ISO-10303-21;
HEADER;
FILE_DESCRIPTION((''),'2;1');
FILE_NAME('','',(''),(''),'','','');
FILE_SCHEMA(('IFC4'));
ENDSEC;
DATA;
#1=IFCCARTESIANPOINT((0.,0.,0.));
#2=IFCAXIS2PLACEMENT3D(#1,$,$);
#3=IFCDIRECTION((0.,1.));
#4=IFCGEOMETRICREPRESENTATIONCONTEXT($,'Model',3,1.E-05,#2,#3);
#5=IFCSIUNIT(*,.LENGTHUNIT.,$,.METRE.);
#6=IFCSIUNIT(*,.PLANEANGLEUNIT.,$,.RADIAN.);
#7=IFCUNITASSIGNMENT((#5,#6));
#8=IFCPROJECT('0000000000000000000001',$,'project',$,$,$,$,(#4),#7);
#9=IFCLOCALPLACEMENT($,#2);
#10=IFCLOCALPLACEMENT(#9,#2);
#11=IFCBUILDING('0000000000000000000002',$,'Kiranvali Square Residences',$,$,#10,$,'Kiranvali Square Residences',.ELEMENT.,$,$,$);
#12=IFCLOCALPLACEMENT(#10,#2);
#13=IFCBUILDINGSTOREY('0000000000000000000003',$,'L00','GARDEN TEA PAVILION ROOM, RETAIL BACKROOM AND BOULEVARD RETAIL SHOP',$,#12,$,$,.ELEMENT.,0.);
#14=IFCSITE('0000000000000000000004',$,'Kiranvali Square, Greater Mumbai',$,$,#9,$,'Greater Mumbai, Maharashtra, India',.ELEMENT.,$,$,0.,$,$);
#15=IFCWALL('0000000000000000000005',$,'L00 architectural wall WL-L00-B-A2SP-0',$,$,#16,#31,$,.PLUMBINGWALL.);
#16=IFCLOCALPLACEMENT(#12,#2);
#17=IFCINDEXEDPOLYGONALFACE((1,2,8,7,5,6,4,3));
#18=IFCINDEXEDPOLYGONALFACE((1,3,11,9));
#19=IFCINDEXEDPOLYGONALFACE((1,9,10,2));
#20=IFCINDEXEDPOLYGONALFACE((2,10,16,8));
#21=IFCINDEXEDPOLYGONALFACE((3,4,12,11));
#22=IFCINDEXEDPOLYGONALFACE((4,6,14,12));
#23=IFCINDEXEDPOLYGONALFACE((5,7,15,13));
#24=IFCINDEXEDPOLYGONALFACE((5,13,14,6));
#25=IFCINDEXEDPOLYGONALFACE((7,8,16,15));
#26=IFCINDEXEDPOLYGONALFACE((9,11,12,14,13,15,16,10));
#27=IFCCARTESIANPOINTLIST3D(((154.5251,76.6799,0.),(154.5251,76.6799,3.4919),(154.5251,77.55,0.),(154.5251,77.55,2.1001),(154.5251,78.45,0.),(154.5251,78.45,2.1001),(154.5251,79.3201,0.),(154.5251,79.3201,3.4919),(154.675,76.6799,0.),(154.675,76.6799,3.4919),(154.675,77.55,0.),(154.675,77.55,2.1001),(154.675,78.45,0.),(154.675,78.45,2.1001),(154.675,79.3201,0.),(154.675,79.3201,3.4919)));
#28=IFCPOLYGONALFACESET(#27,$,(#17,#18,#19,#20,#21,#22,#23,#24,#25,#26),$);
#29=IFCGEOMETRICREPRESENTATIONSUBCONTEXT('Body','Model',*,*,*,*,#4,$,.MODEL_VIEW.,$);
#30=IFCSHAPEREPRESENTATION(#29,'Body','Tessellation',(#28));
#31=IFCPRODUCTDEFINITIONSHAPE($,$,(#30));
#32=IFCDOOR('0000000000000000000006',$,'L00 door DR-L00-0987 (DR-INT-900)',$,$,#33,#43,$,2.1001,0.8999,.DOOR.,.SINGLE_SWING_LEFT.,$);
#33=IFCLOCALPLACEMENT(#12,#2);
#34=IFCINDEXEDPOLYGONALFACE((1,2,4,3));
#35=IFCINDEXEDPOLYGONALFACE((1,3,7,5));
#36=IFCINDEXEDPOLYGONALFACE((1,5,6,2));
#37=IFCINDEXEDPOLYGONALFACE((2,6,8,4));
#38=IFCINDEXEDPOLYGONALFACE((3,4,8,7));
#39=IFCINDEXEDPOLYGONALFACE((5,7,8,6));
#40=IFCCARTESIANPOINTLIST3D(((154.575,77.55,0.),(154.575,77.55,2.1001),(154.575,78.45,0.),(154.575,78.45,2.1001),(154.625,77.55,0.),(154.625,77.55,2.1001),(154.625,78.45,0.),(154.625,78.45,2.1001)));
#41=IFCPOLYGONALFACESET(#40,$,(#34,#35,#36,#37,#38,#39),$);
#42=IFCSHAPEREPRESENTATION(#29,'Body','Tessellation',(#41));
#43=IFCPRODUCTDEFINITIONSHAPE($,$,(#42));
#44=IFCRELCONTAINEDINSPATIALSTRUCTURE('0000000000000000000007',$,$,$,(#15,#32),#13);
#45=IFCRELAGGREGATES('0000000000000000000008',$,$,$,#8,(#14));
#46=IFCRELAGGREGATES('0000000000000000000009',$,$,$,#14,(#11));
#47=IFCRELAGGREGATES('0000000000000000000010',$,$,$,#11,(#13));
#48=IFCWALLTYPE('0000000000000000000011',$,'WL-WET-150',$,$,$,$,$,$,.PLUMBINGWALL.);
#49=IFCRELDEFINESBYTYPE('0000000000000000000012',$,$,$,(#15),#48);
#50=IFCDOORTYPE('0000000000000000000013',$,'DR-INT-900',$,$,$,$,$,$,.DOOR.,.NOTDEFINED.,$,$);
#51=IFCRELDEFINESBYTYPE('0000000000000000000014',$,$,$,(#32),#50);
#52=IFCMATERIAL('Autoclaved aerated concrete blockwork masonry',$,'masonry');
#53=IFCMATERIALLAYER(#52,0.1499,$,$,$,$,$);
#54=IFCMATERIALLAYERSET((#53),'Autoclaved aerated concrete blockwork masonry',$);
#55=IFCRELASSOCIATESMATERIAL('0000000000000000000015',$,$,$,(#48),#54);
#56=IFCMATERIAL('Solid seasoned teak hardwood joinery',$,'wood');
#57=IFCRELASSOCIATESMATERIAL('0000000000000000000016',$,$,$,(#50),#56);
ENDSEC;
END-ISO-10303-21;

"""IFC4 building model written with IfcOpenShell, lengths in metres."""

from ifc_helpers import new_model, si_unit, direction, frame, frame_2d, origin, place, context, subcontext, project, spatial, rectangle, extrude, material, layer, layer_set, type_object, element, fill, save


model = new_model("IFC4")

# Units and contexts
model_context = context("Model", 3, precision=1e-05, world=origin(), true_north=direction((0.0, 1.0)))
body_context = subcontext(model_context, "Body", "Model", "MODEL_VIEW")
ifc_project = project(units=[si_unit("LENGTHUNIT", "METRE"), si_unit("PLANEANGLEUNIT", "RADIAN")], contexts=[model_context])

# Site, building, storey
site_placement = place(None, origin())
site = spatial("IfcSite", under=ifc_project, at=site_placement, Name="Kiranvali Square, Greater Mumbai", LongName="Greater Mumbai, Maharashtra, India", CompositionType="ELEMENT", RefElevation=0.0)
building_placement = place(site_placement, origin())
building = spatial("IfcBuilding", under=site, at=building_placement, Name="Kiranvali Square Residences", LongName="Kiranvali Square Residences", CompositionType="ELEMENT")
storey_placement = place(building_placement, origin())
storey = spatial("IfcBuildingStorey", under=building, at=storey_placement, Name="L00", Description="GARDEN TEA PAVILION ROOM, RETAIL BACKROOM AND BOULEVARD RETAIL SHOP", CompositionType="ELEMENT", Elevation=0.0)

# Wall, opening, door
ifc_material_1 = material(Name="Autoclaved aerated concrete blockwork masonry", Category="masonry")
ifc_layer = layer(ifc_material_1, 0.1499)
ifc_layer_set = layer_set([ifc_layer], Name="Autoclaved aerated concrete blockwork masonry")
wall_type = type_object("IfcWallType", Name="WL-WET-150", PredefinedType="PLUMBINGWALL", material=ifc_layer_set)
wall_placement = place(storey_placement, frame((154.6001, 79.3201, 0.0), z_axis=(0.0, 0.0, 1.0), x_axis=(0.0, -1.0, 0.0)))
wall = element("IfcWall", 1, at=wall_placement, inside=storey, type_object=wall_type, Name="L00 architectural wall WL-L00-B-A2SP-0", PredefinedType="PLUMBINGWALL", context=body_context, shape_type="SweptSolid", body=[
    extrude(rectangle(XDim=2.6401, YDim=0.1499, at=frame_2d((1.3201, 0.0))), origin(), (0.0, 0.0, 1.0), 3.4919),
])
opening_placement = place(wall_placement, frame((0.8701, 0.0, 0.0)))
opening = element("IfcOpeningElement", 2, at=opening_placement, cuts=wall, PredefinedType="OPENING", context=body_context, shape_type="SweptSolid", body=[
    extrude(rectangle(XDim=0.8999, YDim=2.1001, at=frame_2d((0.45, 1.05))), frame((0.0, 0.085, 0.0), z_axis=(0.0, -1.0, 0.0), x_axis=(1.0, 0.0, 0.0)), (0.0, 0.0, 1.0), 0.1699),
])
ifc_material_2 = material(Name="Solid seasoned teak hardwood joinery", Category="wood")
door_type = type_object("IfcDoorType", Name="DR-INT-900", OperationType="NOTDEFINED", PredefinedType="DOOR", material=ifc_material_2)
door_placement = place(opening_placement, origin())
door = element("IfcDoor", 3, at=door_placement, inside=storey, type_object=door_type, Name="L00 door DR-L00-0987 (DR-INT-900)", OperationType="SINGLE_SWING_LEFT", OverallHeight=2.1001, OverallWidth=0.8999, PredefinedType="DOOR", context=body_context, shape_type="SweptSolid", body=[
    extrude(rectangle(XDim=0.8999, YDim=2.1001, at=frame_2d((0.45, 1.05))), frame((0.0, 0.0249, 0.0), z_axis=(0.0, -1.0, 0.0), x_axis=(1.0, 0.0, 0.0)), (0.0, 0.0, 1.0), 0.05),
])
fill(opening, door)

save(model, "model.ifc")
